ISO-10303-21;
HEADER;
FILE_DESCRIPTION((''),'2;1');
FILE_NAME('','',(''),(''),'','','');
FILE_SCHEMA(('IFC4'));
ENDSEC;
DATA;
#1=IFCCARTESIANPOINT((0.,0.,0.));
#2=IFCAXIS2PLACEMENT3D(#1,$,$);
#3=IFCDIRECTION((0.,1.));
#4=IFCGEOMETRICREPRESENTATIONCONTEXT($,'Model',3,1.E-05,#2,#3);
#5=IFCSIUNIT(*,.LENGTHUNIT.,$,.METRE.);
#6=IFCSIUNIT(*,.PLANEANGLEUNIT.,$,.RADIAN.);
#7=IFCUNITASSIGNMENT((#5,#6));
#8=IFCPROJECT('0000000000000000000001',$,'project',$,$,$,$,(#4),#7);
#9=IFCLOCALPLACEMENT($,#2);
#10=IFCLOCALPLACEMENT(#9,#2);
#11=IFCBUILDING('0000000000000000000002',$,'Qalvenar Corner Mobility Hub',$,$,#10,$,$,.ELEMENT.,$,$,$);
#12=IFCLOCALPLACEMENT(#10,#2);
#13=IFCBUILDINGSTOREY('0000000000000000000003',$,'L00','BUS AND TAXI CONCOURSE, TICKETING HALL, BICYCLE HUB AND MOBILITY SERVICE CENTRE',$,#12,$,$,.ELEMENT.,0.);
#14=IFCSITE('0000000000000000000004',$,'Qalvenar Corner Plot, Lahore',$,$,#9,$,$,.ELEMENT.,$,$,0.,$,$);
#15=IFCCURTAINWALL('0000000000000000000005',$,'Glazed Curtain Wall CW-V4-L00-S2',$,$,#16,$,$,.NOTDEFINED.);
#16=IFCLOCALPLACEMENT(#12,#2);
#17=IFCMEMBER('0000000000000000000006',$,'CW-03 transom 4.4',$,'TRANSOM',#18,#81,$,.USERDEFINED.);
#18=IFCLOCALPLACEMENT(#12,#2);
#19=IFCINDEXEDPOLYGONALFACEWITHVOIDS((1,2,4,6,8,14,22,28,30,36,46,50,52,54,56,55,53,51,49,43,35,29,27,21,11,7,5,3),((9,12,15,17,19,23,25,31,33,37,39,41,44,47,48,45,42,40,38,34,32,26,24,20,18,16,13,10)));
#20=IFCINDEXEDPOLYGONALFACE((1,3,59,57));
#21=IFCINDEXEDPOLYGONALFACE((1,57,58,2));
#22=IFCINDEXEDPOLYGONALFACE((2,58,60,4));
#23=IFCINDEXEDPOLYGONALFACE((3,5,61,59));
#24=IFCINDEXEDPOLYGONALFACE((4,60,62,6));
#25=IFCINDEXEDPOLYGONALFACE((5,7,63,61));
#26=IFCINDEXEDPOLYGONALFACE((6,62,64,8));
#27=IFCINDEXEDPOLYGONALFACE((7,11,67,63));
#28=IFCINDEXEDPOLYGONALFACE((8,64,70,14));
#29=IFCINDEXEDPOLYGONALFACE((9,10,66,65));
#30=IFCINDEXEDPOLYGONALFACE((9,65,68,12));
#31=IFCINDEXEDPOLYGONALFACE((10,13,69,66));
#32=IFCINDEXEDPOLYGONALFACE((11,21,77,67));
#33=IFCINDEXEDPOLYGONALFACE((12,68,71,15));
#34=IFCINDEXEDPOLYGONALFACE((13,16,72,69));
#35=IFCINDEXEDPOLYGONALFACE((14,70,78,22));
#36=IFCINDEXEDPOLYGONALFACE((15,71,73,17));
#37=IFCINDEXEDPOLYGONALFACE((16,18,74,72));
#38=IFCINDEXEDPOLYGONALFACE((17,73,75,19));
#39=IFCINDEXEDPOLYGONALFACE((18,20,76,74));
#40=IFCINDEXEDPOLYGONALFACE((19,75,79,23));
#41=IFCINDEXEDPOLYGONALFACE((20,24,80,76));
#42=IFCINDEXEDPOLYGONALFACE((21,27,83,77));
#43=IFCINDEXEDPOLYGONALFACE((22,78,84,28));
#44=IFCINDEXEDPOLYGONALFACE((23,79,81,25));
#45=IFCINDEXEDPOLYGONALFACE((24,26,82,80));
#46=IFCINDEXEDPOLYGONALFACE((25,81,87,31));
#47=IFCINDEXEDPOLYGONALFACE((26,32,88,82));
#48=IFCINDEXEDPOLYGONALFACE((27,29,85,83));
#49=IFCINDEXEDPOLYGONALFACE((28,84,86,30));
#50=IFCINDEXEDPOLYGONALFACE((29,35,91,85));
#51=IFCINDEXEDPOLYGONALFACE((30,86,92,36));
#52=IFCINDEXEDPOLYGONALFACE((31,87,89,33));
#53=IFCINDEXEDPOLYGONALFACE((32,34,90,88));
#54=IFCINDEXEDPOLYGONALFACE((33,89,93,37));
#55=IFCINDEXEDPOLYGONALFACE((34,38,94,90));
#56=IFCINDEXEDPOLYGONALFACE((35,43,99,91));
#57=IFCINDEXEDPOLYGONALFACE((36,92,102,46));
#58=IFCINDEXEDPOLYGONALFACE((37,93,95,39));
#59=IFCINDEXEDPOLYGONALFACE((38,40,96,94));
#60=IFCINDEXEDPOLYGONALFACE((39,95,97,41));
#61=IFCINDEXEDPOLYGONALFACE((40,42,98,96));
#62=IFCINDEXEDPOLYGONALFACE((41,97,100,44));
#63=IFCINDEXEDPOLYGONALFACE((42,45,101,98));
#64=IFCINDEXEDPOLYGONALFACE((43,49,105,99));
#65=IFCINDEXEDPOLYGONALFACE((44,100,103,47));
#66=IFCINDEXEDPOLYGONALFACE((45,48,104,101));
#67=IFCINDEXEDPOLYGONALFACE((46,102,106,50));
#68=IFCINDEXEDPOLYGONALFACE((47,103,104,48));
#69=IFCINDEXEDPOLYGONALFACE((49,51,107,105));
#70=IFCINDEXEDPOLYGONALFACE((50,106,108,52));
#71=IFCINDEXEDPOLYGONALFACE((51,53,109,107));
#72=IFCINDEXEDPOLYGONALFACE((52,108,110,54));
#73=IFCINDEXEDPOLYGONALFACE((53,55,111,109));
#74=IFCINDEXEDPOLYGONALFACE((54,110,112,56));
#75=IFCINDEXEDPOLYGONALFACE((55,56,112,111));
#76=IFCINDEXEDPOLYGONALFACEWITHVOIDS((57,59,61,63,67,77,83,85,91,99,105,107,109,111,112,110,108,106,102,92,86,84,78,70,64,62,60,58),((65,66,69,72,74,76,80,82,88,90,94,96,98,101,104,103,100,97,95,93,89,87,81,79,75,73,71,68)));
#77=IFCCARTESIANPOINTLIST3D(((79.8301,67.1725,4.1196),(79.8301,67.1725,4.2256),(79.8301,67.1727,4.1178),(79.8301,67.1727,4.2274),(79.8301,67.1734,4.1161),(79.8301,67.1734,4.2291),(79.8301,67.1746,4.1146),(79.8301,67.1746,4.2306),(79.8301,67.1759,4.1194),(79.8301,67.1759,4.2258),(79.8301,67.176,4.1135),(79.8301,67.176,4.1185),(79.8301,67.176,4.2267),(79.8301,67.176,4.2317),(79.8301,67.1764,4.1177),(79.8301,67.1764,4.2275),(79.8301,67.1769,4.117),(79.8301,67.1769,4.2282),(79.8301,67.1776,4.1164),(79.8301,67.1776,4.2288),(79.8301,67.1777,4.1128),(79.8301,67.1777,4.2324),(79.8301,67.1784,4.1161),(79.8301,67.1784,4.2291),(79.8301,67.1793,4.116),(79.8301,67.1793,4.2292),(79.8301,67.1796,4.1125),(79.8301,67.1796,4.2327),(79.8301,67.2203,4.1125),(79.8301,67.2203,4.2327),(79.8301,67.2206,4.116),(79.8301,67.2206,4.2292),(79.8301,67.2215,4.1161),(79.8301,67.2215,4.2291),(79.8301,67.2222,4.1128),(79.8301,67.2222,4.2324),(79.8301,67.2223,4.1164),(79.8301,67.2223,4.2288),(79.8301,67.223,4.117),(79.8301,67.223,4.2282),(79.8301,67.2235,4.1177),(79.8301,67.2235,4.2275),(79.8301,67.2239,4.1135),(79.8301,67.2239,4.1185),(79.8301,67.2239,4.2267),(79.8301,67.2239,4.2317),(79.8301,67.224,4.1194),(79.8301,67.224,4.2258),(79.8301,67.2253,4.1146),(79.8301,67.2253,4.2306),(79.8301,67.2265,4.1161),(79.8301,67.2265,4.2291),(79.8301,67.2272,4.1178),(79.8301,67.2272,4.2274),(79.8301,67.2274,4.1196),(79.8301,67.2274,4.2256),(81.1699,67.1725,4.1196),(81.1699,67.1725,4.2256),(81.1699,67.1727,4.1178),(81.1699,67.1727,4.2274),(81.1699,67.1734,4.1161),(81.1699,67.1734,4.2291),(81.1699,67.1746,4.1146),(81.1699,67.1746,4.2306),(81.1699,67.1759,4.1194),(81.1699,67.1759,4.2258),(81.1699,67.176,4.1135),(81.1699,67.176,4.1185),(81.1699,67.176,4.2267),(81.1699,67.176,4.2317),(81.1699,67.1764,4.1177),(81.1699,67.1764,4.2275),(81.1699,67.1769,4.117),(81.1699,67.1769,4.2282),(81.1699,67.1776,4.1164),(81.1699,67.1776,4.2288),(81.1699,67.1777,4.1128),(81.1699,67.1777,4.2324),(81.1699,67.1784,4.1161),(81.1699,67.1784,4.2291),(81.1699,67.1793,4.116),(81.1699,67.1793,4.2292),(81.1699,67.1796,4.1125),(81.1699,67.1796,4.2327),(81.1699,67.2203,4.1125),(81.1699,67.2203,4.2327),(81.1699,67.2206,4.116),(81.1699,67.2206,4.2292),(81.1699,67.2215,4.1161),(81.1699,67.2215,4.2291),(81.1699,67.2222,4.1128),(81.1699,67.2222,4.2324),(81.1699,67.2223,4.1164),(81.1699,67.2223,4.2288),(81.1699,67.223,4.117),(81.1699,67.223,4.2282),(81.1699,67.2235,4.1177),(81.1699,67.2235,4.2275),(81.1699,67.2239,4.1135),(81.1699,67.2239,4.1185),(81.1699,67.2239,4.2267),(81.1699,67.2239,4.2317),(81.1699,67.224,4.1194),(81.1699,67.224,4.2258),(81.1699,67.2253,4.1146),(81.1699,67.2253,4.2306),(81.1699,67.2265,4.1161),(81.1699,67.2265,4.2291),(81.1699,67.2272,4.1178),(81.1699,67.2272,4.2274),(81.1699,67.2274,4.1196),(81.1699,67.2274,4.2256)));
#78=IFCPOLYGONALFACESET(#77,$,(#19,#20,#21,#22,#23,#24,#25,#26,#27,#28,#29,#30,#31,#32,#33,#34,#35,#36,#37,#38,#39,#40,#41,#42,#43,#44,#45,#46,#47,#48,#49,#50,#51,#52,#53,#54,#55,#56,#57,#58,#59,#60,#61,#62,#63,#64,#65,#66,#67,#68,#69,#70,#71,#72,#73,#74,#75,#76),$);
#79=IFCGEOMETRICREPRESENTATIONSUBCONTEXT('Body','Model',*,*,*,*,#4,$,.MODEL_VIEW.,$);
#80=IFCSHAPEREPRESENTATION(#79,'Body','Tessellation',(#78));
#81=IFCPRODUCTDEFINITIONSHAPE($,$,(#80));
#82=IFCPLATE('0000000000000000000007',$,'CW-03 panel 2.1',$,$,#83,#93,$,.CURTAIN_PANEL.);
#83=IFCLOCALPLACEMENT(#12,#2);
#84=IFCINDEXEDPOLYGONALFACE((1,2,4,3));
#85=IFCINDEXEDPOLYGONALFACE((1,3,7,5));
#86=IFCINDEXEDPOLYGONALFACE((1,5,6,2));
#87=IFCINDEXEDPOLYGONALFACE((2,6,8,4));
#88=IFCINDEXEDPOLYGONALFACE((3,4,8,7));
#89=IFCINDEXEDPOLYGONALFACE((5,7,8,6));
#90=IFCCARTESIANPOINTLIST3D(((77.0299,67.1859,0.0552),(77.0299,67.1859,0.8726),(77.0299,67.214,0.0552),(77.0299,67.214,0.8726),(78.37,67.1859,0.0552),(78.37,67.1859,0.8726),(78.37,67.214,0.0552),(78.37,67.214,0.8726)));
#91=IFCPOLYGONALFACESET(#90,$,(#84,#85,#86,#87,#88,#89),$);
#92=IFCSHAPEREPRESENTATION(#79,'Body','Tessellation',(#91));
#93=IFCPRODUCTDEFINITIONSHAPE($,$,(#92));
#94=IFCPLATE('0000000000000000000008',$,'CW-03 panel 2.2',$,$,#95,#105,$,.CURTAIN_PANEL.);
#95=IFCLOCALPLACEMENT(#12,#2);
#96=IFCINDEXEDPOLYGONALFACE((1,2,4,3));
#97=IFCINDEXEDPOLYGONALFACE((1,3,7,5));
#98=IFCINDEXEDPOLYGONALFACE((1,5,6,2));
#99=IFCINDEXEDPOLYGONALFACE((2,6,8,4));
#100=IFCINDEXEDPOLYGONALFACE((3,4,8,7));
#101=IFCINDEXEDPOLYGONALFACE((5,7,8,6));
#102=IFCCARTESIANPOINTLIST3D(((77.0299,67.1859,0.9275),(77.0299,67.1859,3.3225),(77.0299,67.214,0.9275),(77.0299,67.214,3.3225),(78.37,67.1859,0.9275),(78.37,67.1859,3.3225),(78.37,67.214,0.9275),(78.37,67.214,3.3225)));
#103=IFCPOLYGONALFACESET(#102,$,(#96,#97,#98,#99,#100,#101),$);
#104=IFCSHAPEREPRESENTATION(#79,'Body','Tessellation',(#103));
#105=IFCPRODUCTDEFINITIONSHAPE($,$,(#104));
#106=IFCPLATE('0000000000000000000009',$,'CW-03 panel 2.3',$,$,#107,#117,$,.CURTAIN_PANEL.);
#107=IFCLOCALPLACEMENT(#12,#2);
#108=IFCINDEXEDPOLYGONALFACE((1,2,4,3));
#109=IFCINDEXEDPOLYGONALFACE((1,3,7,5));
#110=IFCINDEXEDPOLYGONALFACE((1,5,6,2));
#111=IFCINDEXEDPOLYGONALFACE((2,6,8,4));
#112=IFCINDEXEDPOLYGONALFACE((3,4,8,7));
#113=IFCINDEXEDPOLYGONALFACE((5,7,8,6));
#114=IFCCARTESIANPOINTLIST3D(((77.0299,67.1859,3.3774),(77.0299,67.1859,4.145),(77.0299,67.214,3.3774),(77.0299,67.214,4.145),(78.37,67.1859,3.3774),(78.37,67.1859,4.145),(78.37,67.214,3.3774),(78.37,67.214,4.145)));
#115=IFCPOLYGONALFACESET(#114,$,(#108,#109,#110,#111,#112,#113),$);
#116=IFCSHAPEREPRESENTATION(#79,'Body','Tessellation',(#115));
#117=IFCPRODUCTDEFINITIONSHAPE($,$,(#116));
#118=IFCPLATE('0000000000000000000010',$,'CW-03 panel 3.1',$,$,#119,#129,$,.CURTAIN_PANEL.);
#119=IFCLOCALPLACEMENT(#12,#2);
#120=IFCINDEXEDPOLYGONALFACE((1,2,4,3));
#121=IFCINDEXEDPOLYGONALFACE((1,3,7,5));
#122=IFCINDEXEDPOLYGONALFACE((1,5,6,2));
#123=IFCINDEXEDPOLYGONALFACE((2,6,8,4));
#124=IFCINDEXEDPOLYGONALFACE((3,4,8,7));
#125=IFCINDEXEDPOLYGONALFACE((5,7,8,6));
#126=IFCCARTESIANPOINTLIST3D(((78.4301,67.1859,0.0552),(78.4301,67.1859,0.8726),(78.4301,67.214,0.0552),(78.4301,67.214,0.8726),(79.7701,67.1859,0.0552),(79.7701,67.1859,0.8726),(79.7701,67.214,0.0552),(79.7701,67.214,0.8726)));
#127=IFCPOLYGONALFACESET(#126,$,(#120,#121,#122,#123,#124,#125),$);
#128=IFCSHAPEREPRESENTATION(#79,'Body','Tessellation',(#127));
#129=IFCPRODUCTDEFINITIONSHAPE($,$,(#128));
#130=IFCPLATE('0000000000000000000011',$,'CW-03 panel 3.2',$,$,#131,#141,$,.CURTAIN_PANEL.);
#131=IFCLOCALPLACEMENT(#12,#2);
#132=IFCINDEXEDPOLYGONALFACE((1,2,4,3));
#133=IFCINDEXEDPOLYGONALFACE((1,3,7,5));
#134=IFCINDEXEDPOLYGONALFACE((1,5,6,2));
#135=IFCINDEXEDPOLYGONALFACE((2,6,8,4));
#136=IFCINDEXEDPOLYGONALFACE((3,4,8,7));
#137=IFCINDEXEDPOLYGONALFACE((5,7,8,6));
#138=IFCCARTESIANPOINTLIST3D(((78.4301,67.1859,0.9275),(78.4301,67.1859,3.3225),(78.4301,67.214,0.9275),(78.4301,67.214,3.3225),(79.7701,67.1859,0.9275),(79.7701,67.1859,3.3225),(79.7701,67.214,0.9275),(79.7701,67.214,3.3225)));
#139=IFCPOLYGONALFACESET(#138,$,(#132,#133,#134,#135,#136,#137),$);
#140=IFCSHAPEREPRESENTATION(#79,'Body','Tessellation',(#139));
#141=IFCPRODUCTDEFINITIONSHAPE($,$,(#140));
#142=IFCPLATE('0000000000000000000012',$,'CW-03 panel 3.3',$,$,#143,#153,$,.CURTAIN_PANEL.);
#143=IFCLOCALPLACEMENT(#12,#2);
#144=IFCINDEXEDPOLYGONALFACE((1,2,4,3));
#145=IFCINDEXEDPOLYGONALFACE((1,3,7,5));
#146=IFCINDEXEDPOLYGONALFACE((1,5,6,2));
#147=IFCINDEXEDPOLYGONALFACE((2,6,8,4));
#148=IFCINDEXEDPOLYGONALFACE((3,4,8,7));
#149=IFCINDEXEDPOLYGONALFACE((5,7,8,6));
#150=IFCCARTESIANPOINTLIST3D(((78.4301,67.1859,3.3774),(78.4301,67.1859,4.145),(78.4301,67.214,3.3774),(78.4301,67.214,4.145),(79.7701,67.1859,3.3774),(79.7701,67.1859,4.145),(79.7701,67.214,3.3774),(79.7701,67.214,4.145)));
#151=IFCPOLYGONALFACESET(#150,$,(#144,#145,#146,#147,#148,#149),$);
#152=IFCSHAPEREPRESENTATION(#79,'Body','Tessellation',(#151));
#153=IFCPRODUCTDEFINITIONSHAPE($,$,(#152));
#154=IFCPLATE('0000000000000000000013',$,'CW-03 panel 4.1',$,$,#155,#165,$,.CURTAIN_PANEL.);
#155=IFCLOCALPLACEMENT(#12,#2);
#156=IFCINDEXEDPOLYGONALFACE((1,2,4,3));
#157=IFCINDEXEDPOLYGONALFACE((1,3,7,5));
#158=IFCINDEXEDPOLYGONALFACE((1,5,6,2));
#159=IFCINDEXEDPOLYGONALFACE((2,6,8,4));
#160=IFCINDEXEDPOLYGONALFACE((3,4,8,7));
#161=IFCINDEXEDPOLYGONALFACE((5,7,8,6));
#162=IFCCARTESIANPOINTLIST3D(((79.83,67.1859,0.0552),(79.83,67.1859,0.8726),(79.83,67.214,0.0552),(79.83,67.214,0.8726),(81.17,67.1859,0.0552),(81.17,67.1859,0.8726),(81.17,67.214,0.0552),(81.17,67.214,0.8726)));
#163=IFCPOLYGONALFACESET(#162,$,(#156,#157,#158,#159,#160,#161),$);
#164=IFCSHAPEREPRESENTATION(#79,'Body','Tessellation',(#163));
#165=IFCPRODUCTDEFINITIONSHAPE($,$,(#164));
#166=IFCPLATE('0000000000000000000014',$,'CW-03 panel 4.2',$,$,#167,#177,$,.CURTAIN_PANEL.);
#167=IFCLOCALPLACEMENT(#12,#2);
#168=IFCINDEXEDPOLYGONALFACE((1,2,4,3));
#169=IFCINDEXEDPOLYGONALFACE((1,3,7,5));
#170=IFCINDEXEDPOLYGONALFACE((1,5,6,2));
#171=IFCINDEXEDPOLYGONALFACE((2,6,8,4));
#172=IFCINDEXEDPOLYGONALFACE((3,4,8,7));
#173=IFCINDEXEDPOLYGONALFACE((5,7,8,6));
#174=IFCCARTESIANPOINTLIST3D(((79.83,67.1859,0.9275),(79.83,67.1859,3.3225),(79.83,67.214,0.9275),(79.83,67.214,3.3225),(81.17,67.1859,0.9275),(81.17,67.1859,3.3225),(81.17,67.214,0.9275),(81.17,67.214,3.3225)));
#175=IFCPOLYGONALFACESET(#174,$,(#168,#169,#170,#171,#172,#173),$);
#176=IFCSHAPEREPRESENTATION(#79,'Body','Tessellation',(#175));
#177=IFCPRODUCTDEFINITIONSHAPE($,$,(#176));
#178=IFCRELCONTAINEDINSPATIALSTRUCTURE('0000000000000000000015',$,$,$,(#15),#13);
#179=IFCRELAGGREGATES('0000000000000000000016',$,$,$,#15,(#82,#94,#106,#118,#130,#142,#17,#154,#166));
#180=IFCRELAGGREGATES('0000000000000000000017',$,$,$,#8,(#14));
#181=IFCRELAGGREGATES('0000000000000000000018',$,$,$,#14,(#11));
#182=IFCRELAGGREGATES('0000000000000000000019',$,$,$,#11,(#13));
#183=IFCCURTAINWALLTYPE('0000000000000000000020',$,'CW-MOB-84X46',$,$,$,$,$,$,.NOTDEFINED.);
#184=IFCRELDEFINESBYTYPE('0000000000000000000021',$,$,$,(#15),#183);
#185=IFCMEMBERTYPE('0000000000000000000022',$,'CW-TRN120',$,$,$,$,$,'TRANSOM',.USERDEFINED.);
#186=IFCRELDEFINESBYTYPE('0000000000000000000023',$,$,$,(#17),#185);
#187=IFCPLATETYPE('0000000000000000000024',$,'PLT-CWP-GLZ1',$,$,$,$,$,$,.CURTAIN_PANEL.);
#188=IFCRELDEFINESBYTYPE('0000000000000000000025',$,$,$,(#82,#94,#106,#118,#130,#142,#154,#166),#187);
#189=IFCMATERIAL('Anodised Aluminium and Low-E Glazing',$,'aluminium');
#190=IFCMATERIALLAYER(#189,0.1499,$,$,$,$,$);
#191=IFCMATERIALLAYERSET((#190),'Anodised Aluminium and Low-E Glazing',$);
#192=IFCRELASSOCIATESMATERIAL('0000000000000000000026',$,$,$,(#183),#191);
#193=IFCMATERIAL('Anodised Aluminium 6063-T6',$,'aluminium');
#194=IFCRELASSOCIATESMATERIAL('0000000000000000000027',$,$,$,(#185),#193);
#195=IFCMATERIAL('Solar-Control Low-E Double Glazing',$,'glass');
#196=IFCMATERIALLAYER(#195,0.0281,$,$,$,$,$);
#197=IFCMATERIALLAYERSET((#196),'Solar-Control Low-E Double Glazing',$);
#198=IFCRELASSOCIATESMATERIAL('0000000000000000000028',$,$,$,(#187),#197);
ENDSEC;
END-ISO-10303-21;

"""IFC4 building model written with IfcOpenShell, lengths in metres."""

from ifc_helpers import new_model, si_unit, direction, frame, origin, origin_2d, place, context, subcontext, project, spatial, rectangle, hollow_rectangle, extrude, material, layer, layer_set, material_profile, profile_set, type_object, element, aggregate, save


model = new_model("IFC4")

# Units and contexts
model_context = context("Model", 3, precision=1e-05, world=origin(), true_north=direction((0.0, 1.0)))
body_context = subcontext(model_context, "Body", "Model", "MODEL_VIEW")
ifc_project = project(units=[si_unit("LENGTHUNIT", "METRE"), si_unit("PLANEANGLEUNIT", "RADIAN")], contexts=[model_context])

# Site, building, storey
site_placement = place(None, origin())
site = spatial("IfcSite", under=ifc_project, at=site_placement, Name="Qalvenar Corner Plot, Lahore", CompositionType="ELEMENT", RefElevation=0.0)
building_placement = place(site_placement, origin())
building = spatial("IfcBuilding", under=site, at=building_placement, Name="Qalvenar Corner Mobility Hub", CompositionType="ELEMENT")
storey_placement = place(building_placement, origin())
storey = spatial("IfcBuildingStorey", under=building, at=storey_placement, Name="L00", Description="BUS AND TAXI CONCOURSE, TICKETING HALL, BICYCLE HUB AND MOBILITY SERVICE CENTRE", CompositionType="ELEMENT", Elevation=0.0)

# Curtain wall, member, plates
ifc_material_1 = material(Name="Anodised Aluminium and Low-E Glazing", Category="aluminium")
ifc_layer_1 = layer(ifc_material_1, 0.1499)
ifc_layer_set_1 = layer_set([ifc_layer_1], Name="Anodised Aluminium and Low-E Glazing")
curtain_wall_type = type_object("IfcCurtainWallType", Name="CW-MOB-84X46", PredefinedType="NOTDEFINED", material=ifc_layer_set_1)
curtain_wall_placement = place(storey_placement, origin())
curtain_wall = element("IfcCurtainWall", 1, at=curtain_wall_placement, inside=storey, type_object=curtain_wall_type, Name="Glazed Curtain Wall CW-V4-L00-S2", PredefinedType="NOTDEFINED")
ifc_material_2 = material(Name="Anodised Aluminium 6063-T6", Category="aluminium")
ifc_material_profile_1 = material_profile(ifc_material_2, hollow_rectangle(XDim=0.0549, YDim=0.1201, WallThickness=0.0034, InnerFilletRadius=0.0034, OuterFilletRadius=0.0071, at=origin_2d()), Name="RHS120x55x3.5")
ifc_profile_set_1 = profile_set([ifc_material_profile_1], Name="Anodised Aluminium 6063-T6")
member_type_1 = type_object("IfcMemberType", Name="CW-TRN120", ElementType="TRANSOM", PredefinedType="USERDEFINED", material=ifc_profile_set_1)
member_1_placement = place(storey_placement, frame((79.8301, 67.2, 4.1726), z_axis=(1.0, 0.0, 0.0), x_axis=(0.0, 1.0, 0.0)))
member_1 = element("IfcMember", 2, at=member_1_placement, type_object=member_type_1, Name="CW-03 transom 4.4", ObjectType="TRANSOM", PredefinedType="USERDEFINED", context=body_context, shape_type="SweptSolid", body=[
    extrude(hollow_rectangle(XDim=0.0549, YDim=0.1201, WallThickness=0.0034, InnerFilletRadius=0.0034, OuterFilletRadius=0.0071, at=origin_2d()), origin(), (0.0, 0.0, 1.0), 1.3398),
])
ifc_material_3 = material(Name="Solar-Control Low-E Double Glazing", Category="glass")
ifc_layer_2 = layer(ifc_material_3, 0.0281)
ifc_layer_set_2 = layer_set([ifc_layer_2], Name="Solar-Control Low-E Double Glazing")
plate_type = type_object("IfcPlateType", Name="PLT-CWP-GLZ1", PredefinedType="CURTAIN_PANEL", material=ifc_layer_set_2)
plate_1_placement = place(storey_placement, frame((77.7, 67.2, 0.0552), z_axis=(0.0, 0.0, 1.0), x_axis=(1.0, 0.0, 0.0)))
plate_1 = element("IfcPlate", 3, at=plate_1_placement, type_object=plate_type, Name="CW-03 panel 2.1", PredefinedType="CURTAIN_PANEL", context=body_context, shape_type="SweptSolid", body=[
    extrude(rectangle(XDim=1.3401, YDim=0.0281, at=origin_2d()), origin(), (0.0, 0.0, 1.0), 0.8174),
])
plate_2_placement = place(storey_placement, frame((77.7, 67.2, 0.9275), z_axis=(0.0, 0.0, 1.0), x_axis=(1.0, 0.0, 0.0)))
plate_2 = element("IfcPlate", 4, at=plate_2_placement, type_object=plate_type, Name="CW-03 panel 2.2", PredefinedType="CURTAIN_PANEL", context=body_context, shape_type="SweptSolid", body=[
    extrude(rectangle(XDim=1.3401, YDim=0.0281, at=origin_2d()), origin(), (0.0, 0.0, 1.0), 2.395),
])
plate_3_placement = place(storey_placement, frame((77.7, 67.2, 3.3774), z_axis=(0.0, 0.0, 1.0), x_axis=(1.0, 0.0, 0.0)))
plate_3 = element("IfcPlate", 5, at=plate_3_placement, type_object=plate_type, Name="CW-03 panel 2.3", PredefinedType="CURTAIN_PANEL", context=body_context, shape_type="SweptSolid", body=[
    extrude(rectangle(XDim=1.3401, YDim=0.0281, at=origin_2d()), origin(), (0.0, 0.0, 1.0), 0.7676),
])
plate_4_placement = place(storey_placement, frame((79.1001, 67.2, 0.0552), z_axis=(0.0, 0.0, 1.0), x_axis=(1.0, 0.0, 0.0)))
plate_4 = element("IfcPlate", 6, at=plate_4_placement, type_object=plate_type, Name="CW-03 panel 3.1", PredefinedType="CURTAIN_PANEL", context=body_context, shape_type="SweptSolid", body=[
    extrude(rectangle(XDim=1.3401, YDim=0.0281, at=origin_2d()), origin(), (0.0, 0.0, 1.0), 0.8174),
])
plate_5_placement = place(storey_placement, frame((79.1001, 67.2, 0.9275), z_axis=(0.0, 0.0, 1.0), x_axis=(1.0, 0.0, 0.0)))
plate_5 = element("IfcPlate", 7, at=plate_5_placement, type_object=plate_type, Name="CW-03 panel 3.2", PredefinedType="CURTAIN_PANEL", context=body_context, shape_type="SweptSolid", body=[
    extrude(rectangle(XDim=1.3401, YDim=0.0281, at=origin_2d()), origin(), (0.0, 0.0, 1.0), 2.395),
])
plate_6_placement = place(storey_placement, frame((79.1001, 67.2, 3.3774), z_axis=(0.0, 0.0, 1.0), x_axis=(1.0, 0.0, 0.0)))
plate_6 = element("IfcPlate", 8, at=plate_6_placement, type_object=plate_type, Name="CW-03 panel 3.3", PredefinedType="CURTAIN_PANEL", context=body_context, shape_type="SweptSolid", body=[
    extrude(rectangle(XDim=1.3401, YDim=0.0281, at=origin_2d()), origin(), (0.0, 0.0, 1.0), 0.7676),
])
plate_7_placement = place(storey_placement, frame((80.5, 67.2, 0.0552), z_axis=(0.0, 0.0, 1.0), x_axis=(1.0, 0.0, 0.0)))
plate_7 = element("IfcPlate", 9, at=plate_7_placement, type_object=plate_type, Name="CW-03 panel 4.1", PredefinedType="CURTAIN_PANEL", context=body_context, shape_type="SweptSolid", body=[
    extrude(rectangle(XDim=1.3401, YDim=0.0281, at=origin_2d()), origin(), (0.0, 0.0, 1.0), 0.8174),
])
plate_8_placement = place(storey_placement, frame((80.5, 67.2, 0.9275), z_axis=(0.0, 0.0, 1.0), x_axis=(1.0, 0.0, 0.0)))
plate_8 = element("IfcPlate", 10, at=plate_8_placement, type_object=plate_type, Name="CW-03 panel 4.2", PredefinedType="CURTAIN_PANEL", context=body_context, shape_type="SweptSolid", body=[
    extrude(rectangle(XDim=1.3401, YDim=0.0281, at=origin_2d()), origin(), (0.0, 0.0, 1.0), 2.395),
])
aggregate(curtain_wall, [plate_1, plate_2, plate_3, plate_4, plate_5, plate_6, member_1, plate_7, plate_8])

save(model, "model.ifc")
